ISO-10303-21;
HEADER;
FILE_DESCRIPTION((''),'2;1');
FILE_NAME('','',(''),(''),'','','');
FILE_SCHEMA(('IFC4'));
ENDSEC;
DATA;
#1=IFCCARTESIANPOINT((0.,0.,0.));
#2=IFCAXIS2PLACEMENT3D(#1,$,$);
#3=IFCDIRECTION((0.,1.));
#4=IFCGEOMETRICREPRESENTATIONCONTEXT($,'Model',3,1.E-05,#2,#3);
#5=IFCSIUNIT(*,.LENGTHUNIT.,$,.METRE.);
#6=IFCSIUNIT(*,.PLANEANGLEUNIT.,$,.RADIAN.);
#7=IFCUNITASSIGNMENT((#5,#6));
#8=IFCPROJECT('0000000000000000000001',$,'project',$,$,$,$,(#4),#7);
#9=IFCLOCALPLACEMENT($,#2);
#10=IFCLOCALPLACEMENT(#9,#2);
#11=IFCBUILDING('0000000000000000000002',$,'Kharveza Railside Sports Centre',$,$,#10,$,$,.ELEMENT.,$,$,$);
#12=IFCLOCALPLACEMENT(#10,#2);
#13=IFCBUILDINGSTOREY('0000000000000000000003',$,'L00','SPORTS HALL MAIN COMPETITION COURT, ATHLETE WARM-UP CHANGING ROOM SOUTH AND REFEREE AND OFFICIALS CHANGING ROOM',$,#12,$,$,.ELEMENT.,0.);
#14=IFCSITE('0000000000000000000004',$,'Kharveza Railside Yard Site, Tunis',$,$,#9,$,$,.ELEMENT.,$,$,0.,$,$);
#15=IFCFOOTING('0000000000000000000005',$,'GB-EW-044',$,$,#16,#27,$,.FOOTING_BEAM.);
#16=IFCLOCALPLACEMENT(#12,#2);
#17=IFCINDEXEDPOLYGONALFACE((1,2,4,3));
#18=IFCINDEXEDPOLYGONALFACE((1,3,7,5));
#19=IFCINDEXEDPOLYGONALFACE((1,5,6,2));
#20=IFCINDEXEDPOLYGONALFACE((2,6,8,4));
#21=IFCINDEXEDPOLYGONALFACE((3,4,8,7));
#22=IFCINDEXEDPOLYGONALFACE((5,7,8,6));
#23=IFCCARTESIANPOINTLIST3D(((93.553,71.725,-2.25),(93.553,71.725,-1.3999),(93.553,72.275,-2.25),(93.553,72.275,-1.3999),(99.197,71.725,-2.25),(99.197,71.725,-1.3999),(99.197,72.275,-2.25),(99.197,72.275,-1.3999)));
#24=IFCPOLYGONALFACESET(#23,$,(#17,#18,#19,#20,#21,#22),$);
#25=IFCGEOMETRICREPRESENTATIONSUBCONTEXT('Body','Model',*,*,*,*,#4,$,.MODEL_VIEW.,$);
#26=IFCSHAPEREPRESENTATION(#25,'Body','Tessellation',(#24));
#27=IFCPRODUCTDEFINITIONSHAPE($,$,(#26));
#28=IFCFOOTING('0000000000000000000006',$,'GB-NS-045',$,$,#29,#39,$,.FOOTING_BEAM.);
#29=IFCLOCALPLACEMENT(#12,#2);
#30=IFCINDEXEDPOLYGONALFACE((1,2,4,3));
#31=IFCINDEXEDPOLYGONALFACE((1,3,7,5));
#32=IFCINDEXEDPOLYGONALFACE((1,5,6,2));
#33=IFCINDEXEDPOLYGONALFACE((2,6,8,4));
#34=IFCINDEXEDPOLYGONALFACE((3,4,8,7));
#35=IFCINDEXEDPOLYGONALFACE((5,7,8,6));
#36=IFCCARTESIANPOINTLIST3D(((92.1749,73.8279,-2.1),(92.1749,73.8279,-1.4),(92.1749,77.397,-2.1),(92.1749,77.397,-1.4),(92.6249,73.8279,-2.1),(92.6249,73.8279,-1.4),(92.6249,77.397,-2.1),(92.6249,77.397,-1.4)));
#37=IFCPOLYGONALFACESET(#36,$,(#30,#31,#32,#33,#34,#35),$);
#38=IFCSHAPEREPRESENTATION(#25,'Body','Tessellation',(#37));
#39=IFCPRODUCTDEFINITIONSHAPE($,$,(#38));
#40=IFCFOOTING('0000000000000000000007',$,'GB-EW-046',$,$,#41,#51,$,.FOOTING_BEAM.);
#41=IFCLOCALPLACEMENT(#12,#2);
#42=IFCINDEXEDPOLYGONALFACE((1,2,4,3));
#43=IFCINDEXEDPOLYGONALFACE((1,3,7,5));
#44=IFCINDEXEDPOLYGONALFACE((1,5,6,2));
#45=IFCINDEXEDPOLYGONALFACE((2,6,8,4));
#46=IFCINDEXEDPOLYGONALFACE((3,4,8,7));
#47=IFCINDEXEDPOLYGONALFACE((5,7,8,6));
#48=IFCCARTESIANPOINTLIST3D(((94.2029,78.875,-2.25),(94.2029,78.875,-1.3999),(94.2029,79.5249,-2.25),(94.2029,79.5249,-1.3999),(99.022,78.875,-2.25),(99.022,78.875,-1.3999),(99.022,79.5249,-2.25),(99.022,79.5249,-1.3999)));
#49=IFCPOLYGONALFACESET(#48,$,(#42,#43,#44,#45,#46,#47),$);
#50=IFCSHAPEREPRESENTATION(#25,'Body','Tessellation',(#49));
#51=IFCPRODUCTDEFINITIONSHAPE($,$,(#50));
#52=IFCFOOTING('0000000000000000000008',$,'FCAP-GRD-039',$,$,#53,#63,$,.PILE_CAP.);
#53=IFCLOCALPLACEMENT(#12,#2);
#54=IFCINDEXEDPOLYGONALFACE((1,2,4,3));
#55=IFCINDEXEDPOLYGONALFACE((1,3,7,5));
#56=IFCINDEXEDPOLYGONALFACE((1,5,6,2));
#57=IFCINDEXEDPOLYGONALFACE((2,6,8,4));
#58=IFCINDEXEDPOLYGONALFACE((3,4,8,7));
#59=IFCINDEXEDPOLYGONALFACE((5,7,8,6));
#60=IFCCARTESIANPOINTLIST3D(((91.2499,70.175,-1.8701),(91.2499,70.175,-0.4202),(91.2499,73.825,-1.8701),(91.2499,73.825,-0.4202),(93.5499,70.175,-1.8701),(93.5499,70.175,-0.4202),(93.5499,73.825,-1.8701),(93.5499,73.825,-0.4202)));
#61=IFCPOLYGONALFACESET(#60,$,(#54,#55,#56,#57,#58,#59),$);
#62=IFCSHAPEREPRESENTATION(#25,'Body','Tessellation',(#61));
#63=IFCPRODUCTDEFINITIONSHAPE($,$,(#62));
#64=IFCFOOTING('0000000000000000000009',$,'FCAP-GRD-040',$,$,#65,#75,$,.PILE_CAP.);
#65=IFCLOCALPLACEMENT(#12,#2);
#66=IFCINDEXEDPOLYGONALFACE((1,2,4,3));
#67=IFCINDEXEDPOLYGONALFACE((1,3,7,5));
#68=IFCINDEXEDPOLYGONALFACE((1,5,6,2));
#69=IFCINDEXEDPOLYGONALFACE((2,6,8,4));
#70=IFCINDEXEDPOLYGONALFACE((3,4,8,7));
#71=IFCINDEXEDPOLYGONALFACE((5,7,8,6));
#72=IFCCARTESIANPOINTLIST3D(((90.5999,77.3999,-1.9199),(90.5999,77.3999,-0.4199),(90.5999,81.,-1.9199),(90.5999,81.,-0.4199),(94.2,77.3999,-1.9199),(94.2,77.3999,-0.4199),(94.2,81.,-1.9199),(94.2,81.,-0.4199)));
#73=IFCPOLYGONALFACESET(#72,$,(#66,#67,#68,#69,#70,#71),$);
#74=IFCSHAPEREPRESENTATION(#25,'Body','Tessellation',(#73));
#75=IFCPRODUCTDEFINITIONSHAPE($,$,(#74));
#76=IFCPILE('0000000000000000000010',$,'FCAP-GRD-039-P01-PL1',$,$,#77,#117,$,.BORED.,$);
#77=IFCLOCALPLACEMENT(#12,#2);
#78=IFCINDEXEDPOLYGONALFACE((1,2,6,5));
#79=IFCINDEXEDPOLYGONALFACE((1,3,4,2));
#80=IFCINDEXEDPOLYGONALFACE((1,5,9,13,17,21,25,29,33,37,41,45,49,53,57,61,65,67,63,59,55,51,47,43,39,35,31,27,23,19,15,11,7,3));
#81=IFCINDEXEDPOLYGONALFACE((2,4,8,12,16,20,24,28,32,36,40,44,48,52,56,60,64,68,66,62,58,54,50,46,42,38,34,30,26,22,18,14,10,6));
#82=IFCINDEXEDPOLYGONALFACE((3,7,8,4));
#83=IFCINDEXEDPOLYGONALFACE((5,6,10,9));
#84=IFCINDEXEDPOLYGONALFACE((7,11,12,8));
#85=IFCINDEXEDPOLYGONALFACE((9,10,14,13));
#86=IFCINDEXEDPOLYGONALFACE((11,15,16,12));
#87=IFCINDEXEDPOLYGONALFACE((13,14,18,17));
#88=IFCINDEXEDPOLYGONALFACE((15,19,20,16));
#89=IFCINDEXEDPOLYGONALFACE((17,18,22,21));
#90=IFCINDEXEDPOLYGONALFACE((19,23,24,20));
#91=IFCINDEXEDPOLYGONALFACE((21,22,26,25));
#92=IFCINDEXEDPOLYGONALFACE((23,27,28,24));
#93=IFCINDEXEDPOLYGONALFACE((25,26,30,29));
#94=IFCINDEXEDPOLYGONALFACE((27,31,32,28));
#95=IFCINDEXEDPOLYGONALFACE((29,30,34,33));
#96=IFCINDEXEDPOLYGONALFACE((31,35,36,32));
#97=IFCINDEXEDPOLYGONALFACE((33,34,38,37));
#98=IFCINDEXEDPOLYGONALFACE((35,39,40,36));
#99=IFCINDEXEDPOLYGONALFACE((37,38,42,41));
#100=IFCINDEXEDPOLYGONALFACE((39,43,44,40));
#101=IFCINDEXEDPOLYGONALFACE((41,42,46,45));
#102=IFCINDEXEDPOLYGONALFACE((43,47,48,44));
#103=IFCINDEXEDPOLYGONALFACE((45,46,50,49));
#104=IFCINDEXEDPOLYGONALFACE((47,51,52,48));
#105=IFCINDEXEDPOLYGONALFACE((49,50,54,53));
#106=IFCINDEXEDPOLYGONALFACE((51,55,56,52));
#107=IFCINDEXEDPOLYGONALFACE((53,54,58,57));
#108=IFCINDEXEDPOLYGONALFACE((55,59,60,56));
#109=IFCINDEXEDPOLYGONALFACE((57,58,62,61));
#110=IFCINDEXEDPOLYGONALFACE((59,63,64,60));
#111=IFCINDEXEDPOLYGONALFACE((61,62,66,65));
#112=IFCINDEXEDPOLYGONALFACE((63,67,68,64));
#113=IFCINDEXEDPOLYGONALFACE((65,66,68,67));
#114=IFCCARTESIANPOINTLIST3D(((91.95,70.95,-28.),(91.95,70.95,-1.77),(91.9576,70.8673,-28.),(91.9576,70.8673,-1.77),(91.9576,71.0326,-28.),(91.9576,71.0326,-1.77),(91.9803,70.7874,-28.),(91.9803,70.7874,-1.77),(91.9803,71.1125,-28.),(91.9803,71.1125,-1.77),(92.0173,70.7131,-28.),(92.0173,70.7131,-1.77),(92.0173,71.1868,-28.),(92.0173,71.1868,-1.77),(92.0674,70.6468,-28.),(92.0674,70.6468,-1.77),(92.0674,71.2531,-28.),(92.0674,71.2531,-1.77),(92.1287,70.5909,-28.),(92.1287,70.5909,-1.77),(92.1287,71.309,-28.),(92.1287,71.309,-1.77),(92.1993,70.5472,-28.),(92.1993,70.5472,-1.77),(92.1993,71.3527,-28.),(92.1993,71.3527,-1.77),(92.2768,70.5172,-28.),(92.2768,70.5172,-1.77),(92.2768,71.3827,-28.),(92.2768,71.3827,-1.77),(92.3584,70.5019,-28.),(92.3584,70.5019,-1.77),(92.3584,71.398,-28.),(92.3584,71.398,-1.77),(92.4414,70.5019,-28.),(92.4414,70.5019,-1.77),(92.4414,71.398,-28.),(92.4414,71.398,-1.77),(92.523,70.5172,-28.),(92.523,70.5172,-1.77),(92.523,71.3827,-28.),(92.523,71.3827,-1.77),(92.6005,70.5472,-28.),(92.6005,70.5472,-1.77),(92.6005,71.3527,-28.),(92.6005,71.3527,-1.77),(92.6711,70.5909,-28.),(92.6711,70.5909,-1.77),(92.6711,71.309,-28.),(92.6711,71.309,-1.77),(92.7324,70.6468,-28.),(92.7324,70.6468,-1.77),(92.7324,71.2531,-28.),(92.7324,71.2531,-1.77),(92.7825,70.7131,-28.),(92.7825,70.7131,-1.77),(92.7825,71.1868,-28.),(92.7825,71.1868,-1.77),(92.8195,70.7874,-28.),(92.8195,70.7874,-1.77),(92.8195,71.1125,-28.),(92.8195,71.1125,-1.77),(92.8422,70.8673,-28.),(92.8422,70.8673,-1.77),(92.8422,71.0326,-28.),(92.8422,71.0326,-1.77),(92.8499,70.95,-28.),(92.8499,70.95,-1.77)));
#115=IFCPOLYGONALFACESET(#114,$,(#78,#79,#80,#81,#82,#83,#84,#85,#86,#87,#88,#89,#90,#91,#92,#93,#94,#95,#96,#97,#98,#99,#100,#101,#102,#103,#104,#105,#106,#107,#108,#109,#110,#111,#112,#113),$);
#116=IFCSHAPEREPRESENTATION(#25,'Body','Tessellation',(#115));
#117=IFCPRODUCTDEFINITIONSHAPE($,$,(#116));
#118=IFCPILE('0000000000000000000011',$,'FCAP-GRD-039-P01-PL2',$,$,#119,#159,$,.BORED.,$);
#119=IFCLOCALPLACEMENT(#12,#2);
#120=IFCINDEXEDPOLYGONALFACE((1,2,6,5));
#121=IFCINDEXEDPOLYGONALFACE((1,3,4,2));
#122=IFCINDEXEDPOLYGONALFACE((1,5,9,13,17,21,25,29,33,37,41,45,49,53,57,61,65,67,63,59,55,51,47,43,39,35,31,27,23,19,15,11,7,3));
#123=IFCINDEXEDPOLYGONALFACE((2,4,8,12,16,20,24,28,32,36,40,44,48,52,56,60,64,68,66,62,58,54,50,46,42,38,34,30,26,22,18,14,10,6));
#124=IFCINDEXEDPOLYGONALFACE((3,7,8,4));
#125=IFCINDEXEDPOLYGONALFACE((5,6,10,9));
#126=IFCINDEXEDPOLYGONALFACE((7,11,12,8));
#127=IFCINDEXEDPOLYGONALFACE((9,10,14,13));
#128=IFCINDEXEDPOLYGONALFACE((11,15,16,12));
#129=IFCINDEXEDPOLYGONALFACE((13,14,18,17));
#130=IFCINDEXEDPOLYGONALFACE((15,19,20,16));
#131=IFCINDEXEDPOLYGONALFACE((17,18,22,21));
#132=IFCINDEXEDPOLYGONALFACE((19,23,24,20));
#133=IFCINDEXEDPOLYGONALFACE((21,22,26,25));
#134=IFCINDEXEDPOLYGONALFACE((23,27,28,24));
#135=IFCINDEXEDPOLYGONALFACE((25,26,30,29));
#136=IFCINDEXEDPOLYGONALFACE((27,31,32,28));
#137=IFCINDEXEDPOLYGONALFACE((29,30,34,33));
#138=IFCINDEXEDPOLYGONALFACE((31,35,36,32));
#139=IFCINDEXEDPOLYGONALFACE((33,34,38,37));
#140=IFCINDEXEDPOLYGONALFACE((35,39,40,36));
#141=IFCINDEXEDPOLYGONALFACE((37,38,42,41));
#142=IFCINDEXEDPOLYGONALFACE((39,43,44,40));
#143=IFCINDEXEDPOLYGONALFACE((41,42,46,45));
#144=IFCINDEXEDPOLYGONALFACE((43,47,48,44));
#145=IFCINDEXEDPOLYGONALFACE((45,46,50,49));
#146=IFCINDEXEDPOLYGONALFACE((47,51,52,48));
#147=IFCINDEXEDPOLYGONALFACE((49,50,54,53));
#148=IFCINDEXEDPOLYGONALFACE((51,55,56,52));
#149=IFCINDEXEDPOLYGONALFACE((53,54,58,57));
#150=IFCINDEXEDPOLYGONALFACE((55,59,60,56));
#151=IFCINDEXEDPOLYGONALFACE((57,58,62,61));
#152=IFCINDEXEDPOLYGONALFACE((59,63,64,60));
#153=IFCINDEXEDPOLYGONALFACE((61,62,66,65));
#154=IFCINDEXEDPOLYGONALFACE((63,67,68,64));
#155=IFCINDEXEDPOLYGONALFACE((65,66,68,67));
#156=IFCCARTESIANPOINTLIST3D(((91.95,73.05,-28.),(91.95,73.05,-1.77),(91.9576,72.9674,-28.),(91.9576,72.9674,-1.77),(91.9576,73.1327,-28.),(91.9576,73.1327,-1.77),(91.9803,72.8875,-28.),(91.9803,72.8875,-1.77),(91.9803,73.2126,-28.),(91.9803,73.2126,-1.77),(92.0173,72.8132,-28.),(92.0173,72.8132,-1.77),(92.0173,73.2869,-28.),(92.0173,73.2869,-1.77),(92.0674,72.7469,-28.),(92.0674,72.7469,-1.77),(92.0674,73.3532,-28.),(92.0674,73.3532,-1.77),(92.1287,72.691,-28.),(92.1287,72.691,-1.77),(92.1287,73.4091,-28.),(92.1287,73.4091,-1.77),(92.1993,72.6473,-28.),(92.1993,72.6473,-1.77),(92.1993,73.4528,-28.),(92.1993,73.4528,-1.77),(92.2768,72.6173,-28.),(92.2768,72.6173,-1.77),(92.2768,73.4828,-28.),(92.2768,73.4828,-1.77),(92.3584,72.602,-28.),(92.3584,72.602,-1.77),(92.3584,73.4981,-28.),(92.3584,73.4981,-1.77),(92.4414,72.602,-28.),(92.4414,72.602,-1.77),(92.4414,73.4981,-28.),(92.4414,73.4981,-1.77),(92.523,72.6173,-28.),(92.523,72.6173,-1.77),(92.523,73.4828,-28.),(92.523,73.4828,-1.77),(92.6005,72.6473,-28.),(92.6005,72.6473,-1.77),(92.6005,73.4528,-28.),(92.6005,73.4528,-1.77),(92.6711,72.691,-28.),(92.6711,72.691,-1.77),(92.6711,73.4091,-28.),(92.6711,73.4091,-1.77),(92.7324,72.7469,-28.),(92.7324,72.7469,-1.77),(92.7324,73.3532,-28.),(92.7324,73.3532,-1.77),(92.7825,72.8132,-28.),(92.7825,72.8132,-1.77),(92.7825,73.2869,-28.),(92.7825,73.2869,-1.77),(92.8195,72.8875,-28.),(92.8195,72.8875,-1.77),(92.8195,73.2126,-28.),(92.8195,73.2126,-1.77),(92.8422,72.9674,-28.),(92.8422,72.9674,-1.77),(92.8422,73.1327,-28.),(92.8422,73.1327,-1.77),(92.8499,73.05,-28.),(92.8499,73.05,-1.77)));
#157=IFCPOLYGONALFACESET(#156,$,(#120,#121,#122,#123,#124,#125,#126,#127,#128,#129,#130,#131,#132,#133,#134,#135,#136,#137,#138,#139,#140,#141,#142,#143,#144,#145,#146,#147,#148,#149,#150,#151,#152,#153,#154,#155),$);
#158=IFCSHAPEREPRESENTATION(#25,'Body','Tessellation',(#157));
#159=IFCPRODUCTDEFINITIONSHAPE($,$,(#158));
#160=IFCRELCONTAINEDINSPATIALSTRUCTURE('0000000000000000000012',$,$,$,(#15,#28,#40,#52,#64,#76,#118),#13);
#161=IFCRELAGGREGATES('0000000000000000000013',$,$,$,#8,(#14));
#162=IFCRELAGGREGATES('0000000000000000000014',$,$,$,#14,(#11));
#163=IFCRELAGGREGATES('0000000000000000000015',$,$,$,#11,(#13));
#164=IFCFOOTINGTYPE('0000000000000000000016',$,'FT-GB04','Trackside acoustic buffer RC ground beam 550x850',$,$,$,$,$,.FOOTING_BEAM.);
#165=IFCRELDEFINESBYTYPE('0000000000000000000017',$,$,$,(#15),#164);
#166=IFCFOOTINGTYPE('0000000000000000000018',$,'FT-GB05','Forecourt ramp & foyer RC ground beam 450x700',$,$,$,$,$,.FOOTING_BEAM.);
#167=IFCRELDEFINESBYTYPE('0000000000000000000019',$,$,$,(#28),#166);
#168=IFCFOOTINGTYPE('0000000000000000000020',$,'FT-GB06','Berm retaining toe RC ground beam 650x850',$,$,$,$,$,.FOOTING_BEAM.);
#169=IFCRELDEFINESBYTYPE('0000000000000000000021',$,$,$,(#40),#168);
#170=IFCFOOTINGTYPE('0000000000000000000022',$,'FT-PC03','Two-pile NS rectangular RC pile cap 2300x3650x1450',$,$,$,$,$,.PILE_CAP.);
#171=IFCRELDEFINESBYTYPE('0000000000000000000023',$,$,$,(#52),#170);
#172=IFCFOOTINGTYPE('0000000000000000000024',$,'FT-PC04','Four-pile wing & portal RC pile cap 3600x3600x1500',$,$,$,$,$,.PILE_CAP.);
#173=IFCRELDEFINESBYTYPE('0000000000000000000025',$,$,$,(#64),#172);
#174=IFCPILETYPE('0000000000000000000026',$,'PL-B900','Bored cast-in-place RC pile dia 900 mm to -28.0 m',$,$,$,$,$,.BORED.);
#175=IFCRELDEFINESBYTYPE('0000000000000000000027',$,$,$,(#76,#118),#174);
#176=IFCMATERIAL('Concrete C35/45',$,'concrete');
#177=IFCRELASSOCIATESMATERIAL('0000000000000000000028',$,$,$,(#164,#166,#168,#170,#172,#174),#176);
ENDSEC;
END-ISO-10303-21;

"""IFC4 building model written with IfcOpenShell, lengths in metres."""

from ifc_helpers import new_model, si_unit, direction, frame, origin, origin_2d, place, context, subcontext, project, spatial, rectangle, circle, extrude, material, material_profile, profile_set, type_object, element, save


model = new_model("IFC4")

# Units and contexts
model_context = context("Model", 3, precision=1e-05, world=origin(), true_north=direction((0.0, 1.0)))
body_context = subcontext(model_context, "Body", "Model", "MODEL_VIEW")
ifc_project = project(units=[si_unit("LENGTHUNIT", "METRE"), si_unit("PLANEANGLEUNIT", "RADIAN")], contexts=[model_context])

# Site, building, storey
site_placement = place(None, origin())
site = spatial("IfcSite", under=ifc_project, at=site_placement, Name="Kharveza Railside Yard Site, Tunis", CompositionType="ELEMENT", RefElevation=0.0)
building_placement = place(site_placement, origin())
building = spatial("IfcBuilding", under=site, at=building_placement, Name="Kharveza Railside Sports Centre", CompositionType="ELEMENT")
storey_placement = place(building_placement, origin())
storey = spatial("IfcBuildingStorey", under=building, at=storey_placement, Name="L00", Description="SPORTS HALL MAIN COMPETITION COURT, ATHLETE WARM-UP CHANGING ROOM SOUTH AND REFEREE AND OFFICIALS CHANGING ROOM", CompositionType="ELEMENT", Elevation=0.0)

# Footings
ifc_material_1 = material(Name="Concrete C35/45", Category="concrete")
ifc_material_profile_1 = material_profile(ifc_material_1, rectangle(XDim=0.55, YDim=0.8501, at=origin_2d()), Name="GB 550x850")
ifc_profile_set_1 = profile_set([ifc_material_profile_1], Name="Concrete C35/45")
footing_type_1 = type_object("IfcFootingType", Name="FT-GB04", Description="Trackside acoustic buffer RC ground beam 550x850", PredefinedType="FOOTING_BEAM", material=ifc_profile_set_1)
footing_1_placement = place(storey_placement, frame((93.553, 72.0, -1.825), z_axis=(1.0, 0.0, 0.0), x_axis=(0.0, 1.0, 0.0)))
element("IfcFooting", 1, at=footing_1_placement, inside=storey, type_object=footing_type_1, Name="GB-EW-044", PredefinedType="FOOTING_BEAM", context=body_context, shape_type="SweptSolid", body=[
    extrude(rectangle(XDim=0.55, YDim=0.8501, at=origin_2d()), origin(), (0.0, 0.0, 1.0), 5.644),
])
ifc_material_profile_2 = material_profile(ifc_material_1, rectangle(XDim=0.45, YDim=0.7, at=origin_2d()), Name="GB 450x700")
ifc_profile_set_2 = profile_set([ifc_material_profile_2], Name="Concrete C35/45")
footing_type_2 = type_object("IfcFootingType", Name="FT-GB05", Description="Forecourt ramp & foyer RC ground beam 450x700", PredefinedType="FOOTING_BEAM", material=ifc_profile_set_2)
footing_2_placement = place(storey_placement, frame((92.3999, 73.8279, -1.75), z_axis=(0.0, 1.0, 0.0), x_axis=(-1.0, 0.0, 0.0)))
element("IfcFooting", 2, at=footing_2_placement, inside=storey, type_object=footing_type_2, Name="GB-NS-045", PredefinedType="FOOTING_BEAM", context=body_context, shape_type="SweptSolid", body=[
    extrude(rectangle(XDim=0.45, YDim=0.7, at=origin_2d()), origin(), (0.0, 0.0, 1.0), 3.5691),
])
ifc_material_profile_3 = material_profile(ifc_material_1, rectangle(XDim=0.6499, YDim=0.8501, at=origin_2d()), Name="GB 650x850")
ifc_profile_set_3 = profile_set([ifc_material_profile_3], Name="Concrete C35/45")
footing_type_3 = type_object("IfcFootingType", Name="FT-GB06", Description="Berm retaining toe RC ground beam 650x850", PredefinedType="FOOTING_BEAM", material=ifc_profile_set_3)
footing_3_placement = place(storey_placement, frame((94.2029, 79.2, -1.825), z_axis=(1.0, 0.0, 0.0), x_axis=(0.0, 1.0, 0.0)))
element("IfcFooting", 3, at=footing_3_placement, inside=storey, type_object=footing_type_3, Name="GB-EW-046", PredefinedType="FOOTING_BEAM", context=body_context, shape_type="SweptSolid", body=[
    extrude(rectangle(XDim=0.6499, YDim=0.8501, at=origin_2d()), origin(), (0.0, 0.0, 1.0), 4.8191),
])
footing_type_4 = type_object("IfcFootingType", Name="FT-PC03", Description="Two-pile NS rectangular RC pile cap 2300x3650x1450", PredefinedType="PILE_CAP", material=ifc_material_1)
footing_4_placement = place(storey_placement, frame((92.3999, 72.0, -1.8701), z_axis=(0.0, 0.0, 1.0), x_axis=(1.0, 0.0, 0.0)))
element("IfcFooting", 4, at=footing_4_placement, inside=storey, type_object=footing_type_4, Name="FCAP-GRD-039", PredefinedType="PILE_CAP", context=body_context, shape_type="SweptSolid", body=[
    extrude(rectangle(XDim=2.3, YDim=3.6499, at=origin_2d()), origin(), (0.0, 0.0, 1.0), 1.45),
])
footing_type_5 = type_object("IfcFootingType", Name="FT-PC04", Description="Four-pile wing & portal RC pile cap 3600x3600x1500", PredefinedType="PILE_CAP", material=ifc_material_1)
footing_5_placement = place(storey_placement, frame((92.3999, 79.2, -1.9199), z_axis=(0.0, 0.0, 1.0), x_axis=(1.0, 0.0, 0.0)))
element("IfcFooting", 5, at=footing_5_placement, inside=storey, type_object=footing_type_5, Name="FCAP-GRD-040", PredefinedType="PILE_CAP", context=body_context, shape_type="SweptSolid", body=[
    extrude(rectangle(XDim=3.6001, YDim=3.6001, at=origin_2d()), origin(), (0.0, 0.0, 1.0), 1.5),
])

# Piles
ifc_material_profile_4 = material_profile(ifc_material_1, circle(Radius=0.45, at=origin_2d()), Name="PILE D900")
ifc_profile_set_4 = profile_set([ifc_material_profile_4], Name="Concrete C35/45")
pile_type = type_object("IfcPileType", Name="PL-B900", Description="Bored cast-in-place RC pile dia 900 mm to -28.0 m", PredefinedType="BORED", material=ifc_profile_set_4)
for number, where, z_axis, x_axis, name in (
    (6, (92.3999, 70.95, -1.77), (0.0, 0.0, -1.0), (1.0, 0.0, 0.0), "FCAP-GRD-039-P01-PL1"),
    (7, (92.3999, 73.05, -1.77), (0.0, 0.0, -1.0), (1.0, 0.0, 0.0), "FCAP-GRD-039-P01-PL2"),
):
    element("IfcPile", number, at=place(storey_placement, frame(where, z_axis=z_axis, x_axis=x_axis)), inside=storey, type_object=pile_type, Name=name, PredefinedType="BORED", context=body_context, shape_type="SweptSolid", body=[
        extrude(circle(Radius=0.45, at=origin_2d()), origin(), (0.0, 0.0, 1.0), 26.23),
    ])

save(model, "model.ifc")
